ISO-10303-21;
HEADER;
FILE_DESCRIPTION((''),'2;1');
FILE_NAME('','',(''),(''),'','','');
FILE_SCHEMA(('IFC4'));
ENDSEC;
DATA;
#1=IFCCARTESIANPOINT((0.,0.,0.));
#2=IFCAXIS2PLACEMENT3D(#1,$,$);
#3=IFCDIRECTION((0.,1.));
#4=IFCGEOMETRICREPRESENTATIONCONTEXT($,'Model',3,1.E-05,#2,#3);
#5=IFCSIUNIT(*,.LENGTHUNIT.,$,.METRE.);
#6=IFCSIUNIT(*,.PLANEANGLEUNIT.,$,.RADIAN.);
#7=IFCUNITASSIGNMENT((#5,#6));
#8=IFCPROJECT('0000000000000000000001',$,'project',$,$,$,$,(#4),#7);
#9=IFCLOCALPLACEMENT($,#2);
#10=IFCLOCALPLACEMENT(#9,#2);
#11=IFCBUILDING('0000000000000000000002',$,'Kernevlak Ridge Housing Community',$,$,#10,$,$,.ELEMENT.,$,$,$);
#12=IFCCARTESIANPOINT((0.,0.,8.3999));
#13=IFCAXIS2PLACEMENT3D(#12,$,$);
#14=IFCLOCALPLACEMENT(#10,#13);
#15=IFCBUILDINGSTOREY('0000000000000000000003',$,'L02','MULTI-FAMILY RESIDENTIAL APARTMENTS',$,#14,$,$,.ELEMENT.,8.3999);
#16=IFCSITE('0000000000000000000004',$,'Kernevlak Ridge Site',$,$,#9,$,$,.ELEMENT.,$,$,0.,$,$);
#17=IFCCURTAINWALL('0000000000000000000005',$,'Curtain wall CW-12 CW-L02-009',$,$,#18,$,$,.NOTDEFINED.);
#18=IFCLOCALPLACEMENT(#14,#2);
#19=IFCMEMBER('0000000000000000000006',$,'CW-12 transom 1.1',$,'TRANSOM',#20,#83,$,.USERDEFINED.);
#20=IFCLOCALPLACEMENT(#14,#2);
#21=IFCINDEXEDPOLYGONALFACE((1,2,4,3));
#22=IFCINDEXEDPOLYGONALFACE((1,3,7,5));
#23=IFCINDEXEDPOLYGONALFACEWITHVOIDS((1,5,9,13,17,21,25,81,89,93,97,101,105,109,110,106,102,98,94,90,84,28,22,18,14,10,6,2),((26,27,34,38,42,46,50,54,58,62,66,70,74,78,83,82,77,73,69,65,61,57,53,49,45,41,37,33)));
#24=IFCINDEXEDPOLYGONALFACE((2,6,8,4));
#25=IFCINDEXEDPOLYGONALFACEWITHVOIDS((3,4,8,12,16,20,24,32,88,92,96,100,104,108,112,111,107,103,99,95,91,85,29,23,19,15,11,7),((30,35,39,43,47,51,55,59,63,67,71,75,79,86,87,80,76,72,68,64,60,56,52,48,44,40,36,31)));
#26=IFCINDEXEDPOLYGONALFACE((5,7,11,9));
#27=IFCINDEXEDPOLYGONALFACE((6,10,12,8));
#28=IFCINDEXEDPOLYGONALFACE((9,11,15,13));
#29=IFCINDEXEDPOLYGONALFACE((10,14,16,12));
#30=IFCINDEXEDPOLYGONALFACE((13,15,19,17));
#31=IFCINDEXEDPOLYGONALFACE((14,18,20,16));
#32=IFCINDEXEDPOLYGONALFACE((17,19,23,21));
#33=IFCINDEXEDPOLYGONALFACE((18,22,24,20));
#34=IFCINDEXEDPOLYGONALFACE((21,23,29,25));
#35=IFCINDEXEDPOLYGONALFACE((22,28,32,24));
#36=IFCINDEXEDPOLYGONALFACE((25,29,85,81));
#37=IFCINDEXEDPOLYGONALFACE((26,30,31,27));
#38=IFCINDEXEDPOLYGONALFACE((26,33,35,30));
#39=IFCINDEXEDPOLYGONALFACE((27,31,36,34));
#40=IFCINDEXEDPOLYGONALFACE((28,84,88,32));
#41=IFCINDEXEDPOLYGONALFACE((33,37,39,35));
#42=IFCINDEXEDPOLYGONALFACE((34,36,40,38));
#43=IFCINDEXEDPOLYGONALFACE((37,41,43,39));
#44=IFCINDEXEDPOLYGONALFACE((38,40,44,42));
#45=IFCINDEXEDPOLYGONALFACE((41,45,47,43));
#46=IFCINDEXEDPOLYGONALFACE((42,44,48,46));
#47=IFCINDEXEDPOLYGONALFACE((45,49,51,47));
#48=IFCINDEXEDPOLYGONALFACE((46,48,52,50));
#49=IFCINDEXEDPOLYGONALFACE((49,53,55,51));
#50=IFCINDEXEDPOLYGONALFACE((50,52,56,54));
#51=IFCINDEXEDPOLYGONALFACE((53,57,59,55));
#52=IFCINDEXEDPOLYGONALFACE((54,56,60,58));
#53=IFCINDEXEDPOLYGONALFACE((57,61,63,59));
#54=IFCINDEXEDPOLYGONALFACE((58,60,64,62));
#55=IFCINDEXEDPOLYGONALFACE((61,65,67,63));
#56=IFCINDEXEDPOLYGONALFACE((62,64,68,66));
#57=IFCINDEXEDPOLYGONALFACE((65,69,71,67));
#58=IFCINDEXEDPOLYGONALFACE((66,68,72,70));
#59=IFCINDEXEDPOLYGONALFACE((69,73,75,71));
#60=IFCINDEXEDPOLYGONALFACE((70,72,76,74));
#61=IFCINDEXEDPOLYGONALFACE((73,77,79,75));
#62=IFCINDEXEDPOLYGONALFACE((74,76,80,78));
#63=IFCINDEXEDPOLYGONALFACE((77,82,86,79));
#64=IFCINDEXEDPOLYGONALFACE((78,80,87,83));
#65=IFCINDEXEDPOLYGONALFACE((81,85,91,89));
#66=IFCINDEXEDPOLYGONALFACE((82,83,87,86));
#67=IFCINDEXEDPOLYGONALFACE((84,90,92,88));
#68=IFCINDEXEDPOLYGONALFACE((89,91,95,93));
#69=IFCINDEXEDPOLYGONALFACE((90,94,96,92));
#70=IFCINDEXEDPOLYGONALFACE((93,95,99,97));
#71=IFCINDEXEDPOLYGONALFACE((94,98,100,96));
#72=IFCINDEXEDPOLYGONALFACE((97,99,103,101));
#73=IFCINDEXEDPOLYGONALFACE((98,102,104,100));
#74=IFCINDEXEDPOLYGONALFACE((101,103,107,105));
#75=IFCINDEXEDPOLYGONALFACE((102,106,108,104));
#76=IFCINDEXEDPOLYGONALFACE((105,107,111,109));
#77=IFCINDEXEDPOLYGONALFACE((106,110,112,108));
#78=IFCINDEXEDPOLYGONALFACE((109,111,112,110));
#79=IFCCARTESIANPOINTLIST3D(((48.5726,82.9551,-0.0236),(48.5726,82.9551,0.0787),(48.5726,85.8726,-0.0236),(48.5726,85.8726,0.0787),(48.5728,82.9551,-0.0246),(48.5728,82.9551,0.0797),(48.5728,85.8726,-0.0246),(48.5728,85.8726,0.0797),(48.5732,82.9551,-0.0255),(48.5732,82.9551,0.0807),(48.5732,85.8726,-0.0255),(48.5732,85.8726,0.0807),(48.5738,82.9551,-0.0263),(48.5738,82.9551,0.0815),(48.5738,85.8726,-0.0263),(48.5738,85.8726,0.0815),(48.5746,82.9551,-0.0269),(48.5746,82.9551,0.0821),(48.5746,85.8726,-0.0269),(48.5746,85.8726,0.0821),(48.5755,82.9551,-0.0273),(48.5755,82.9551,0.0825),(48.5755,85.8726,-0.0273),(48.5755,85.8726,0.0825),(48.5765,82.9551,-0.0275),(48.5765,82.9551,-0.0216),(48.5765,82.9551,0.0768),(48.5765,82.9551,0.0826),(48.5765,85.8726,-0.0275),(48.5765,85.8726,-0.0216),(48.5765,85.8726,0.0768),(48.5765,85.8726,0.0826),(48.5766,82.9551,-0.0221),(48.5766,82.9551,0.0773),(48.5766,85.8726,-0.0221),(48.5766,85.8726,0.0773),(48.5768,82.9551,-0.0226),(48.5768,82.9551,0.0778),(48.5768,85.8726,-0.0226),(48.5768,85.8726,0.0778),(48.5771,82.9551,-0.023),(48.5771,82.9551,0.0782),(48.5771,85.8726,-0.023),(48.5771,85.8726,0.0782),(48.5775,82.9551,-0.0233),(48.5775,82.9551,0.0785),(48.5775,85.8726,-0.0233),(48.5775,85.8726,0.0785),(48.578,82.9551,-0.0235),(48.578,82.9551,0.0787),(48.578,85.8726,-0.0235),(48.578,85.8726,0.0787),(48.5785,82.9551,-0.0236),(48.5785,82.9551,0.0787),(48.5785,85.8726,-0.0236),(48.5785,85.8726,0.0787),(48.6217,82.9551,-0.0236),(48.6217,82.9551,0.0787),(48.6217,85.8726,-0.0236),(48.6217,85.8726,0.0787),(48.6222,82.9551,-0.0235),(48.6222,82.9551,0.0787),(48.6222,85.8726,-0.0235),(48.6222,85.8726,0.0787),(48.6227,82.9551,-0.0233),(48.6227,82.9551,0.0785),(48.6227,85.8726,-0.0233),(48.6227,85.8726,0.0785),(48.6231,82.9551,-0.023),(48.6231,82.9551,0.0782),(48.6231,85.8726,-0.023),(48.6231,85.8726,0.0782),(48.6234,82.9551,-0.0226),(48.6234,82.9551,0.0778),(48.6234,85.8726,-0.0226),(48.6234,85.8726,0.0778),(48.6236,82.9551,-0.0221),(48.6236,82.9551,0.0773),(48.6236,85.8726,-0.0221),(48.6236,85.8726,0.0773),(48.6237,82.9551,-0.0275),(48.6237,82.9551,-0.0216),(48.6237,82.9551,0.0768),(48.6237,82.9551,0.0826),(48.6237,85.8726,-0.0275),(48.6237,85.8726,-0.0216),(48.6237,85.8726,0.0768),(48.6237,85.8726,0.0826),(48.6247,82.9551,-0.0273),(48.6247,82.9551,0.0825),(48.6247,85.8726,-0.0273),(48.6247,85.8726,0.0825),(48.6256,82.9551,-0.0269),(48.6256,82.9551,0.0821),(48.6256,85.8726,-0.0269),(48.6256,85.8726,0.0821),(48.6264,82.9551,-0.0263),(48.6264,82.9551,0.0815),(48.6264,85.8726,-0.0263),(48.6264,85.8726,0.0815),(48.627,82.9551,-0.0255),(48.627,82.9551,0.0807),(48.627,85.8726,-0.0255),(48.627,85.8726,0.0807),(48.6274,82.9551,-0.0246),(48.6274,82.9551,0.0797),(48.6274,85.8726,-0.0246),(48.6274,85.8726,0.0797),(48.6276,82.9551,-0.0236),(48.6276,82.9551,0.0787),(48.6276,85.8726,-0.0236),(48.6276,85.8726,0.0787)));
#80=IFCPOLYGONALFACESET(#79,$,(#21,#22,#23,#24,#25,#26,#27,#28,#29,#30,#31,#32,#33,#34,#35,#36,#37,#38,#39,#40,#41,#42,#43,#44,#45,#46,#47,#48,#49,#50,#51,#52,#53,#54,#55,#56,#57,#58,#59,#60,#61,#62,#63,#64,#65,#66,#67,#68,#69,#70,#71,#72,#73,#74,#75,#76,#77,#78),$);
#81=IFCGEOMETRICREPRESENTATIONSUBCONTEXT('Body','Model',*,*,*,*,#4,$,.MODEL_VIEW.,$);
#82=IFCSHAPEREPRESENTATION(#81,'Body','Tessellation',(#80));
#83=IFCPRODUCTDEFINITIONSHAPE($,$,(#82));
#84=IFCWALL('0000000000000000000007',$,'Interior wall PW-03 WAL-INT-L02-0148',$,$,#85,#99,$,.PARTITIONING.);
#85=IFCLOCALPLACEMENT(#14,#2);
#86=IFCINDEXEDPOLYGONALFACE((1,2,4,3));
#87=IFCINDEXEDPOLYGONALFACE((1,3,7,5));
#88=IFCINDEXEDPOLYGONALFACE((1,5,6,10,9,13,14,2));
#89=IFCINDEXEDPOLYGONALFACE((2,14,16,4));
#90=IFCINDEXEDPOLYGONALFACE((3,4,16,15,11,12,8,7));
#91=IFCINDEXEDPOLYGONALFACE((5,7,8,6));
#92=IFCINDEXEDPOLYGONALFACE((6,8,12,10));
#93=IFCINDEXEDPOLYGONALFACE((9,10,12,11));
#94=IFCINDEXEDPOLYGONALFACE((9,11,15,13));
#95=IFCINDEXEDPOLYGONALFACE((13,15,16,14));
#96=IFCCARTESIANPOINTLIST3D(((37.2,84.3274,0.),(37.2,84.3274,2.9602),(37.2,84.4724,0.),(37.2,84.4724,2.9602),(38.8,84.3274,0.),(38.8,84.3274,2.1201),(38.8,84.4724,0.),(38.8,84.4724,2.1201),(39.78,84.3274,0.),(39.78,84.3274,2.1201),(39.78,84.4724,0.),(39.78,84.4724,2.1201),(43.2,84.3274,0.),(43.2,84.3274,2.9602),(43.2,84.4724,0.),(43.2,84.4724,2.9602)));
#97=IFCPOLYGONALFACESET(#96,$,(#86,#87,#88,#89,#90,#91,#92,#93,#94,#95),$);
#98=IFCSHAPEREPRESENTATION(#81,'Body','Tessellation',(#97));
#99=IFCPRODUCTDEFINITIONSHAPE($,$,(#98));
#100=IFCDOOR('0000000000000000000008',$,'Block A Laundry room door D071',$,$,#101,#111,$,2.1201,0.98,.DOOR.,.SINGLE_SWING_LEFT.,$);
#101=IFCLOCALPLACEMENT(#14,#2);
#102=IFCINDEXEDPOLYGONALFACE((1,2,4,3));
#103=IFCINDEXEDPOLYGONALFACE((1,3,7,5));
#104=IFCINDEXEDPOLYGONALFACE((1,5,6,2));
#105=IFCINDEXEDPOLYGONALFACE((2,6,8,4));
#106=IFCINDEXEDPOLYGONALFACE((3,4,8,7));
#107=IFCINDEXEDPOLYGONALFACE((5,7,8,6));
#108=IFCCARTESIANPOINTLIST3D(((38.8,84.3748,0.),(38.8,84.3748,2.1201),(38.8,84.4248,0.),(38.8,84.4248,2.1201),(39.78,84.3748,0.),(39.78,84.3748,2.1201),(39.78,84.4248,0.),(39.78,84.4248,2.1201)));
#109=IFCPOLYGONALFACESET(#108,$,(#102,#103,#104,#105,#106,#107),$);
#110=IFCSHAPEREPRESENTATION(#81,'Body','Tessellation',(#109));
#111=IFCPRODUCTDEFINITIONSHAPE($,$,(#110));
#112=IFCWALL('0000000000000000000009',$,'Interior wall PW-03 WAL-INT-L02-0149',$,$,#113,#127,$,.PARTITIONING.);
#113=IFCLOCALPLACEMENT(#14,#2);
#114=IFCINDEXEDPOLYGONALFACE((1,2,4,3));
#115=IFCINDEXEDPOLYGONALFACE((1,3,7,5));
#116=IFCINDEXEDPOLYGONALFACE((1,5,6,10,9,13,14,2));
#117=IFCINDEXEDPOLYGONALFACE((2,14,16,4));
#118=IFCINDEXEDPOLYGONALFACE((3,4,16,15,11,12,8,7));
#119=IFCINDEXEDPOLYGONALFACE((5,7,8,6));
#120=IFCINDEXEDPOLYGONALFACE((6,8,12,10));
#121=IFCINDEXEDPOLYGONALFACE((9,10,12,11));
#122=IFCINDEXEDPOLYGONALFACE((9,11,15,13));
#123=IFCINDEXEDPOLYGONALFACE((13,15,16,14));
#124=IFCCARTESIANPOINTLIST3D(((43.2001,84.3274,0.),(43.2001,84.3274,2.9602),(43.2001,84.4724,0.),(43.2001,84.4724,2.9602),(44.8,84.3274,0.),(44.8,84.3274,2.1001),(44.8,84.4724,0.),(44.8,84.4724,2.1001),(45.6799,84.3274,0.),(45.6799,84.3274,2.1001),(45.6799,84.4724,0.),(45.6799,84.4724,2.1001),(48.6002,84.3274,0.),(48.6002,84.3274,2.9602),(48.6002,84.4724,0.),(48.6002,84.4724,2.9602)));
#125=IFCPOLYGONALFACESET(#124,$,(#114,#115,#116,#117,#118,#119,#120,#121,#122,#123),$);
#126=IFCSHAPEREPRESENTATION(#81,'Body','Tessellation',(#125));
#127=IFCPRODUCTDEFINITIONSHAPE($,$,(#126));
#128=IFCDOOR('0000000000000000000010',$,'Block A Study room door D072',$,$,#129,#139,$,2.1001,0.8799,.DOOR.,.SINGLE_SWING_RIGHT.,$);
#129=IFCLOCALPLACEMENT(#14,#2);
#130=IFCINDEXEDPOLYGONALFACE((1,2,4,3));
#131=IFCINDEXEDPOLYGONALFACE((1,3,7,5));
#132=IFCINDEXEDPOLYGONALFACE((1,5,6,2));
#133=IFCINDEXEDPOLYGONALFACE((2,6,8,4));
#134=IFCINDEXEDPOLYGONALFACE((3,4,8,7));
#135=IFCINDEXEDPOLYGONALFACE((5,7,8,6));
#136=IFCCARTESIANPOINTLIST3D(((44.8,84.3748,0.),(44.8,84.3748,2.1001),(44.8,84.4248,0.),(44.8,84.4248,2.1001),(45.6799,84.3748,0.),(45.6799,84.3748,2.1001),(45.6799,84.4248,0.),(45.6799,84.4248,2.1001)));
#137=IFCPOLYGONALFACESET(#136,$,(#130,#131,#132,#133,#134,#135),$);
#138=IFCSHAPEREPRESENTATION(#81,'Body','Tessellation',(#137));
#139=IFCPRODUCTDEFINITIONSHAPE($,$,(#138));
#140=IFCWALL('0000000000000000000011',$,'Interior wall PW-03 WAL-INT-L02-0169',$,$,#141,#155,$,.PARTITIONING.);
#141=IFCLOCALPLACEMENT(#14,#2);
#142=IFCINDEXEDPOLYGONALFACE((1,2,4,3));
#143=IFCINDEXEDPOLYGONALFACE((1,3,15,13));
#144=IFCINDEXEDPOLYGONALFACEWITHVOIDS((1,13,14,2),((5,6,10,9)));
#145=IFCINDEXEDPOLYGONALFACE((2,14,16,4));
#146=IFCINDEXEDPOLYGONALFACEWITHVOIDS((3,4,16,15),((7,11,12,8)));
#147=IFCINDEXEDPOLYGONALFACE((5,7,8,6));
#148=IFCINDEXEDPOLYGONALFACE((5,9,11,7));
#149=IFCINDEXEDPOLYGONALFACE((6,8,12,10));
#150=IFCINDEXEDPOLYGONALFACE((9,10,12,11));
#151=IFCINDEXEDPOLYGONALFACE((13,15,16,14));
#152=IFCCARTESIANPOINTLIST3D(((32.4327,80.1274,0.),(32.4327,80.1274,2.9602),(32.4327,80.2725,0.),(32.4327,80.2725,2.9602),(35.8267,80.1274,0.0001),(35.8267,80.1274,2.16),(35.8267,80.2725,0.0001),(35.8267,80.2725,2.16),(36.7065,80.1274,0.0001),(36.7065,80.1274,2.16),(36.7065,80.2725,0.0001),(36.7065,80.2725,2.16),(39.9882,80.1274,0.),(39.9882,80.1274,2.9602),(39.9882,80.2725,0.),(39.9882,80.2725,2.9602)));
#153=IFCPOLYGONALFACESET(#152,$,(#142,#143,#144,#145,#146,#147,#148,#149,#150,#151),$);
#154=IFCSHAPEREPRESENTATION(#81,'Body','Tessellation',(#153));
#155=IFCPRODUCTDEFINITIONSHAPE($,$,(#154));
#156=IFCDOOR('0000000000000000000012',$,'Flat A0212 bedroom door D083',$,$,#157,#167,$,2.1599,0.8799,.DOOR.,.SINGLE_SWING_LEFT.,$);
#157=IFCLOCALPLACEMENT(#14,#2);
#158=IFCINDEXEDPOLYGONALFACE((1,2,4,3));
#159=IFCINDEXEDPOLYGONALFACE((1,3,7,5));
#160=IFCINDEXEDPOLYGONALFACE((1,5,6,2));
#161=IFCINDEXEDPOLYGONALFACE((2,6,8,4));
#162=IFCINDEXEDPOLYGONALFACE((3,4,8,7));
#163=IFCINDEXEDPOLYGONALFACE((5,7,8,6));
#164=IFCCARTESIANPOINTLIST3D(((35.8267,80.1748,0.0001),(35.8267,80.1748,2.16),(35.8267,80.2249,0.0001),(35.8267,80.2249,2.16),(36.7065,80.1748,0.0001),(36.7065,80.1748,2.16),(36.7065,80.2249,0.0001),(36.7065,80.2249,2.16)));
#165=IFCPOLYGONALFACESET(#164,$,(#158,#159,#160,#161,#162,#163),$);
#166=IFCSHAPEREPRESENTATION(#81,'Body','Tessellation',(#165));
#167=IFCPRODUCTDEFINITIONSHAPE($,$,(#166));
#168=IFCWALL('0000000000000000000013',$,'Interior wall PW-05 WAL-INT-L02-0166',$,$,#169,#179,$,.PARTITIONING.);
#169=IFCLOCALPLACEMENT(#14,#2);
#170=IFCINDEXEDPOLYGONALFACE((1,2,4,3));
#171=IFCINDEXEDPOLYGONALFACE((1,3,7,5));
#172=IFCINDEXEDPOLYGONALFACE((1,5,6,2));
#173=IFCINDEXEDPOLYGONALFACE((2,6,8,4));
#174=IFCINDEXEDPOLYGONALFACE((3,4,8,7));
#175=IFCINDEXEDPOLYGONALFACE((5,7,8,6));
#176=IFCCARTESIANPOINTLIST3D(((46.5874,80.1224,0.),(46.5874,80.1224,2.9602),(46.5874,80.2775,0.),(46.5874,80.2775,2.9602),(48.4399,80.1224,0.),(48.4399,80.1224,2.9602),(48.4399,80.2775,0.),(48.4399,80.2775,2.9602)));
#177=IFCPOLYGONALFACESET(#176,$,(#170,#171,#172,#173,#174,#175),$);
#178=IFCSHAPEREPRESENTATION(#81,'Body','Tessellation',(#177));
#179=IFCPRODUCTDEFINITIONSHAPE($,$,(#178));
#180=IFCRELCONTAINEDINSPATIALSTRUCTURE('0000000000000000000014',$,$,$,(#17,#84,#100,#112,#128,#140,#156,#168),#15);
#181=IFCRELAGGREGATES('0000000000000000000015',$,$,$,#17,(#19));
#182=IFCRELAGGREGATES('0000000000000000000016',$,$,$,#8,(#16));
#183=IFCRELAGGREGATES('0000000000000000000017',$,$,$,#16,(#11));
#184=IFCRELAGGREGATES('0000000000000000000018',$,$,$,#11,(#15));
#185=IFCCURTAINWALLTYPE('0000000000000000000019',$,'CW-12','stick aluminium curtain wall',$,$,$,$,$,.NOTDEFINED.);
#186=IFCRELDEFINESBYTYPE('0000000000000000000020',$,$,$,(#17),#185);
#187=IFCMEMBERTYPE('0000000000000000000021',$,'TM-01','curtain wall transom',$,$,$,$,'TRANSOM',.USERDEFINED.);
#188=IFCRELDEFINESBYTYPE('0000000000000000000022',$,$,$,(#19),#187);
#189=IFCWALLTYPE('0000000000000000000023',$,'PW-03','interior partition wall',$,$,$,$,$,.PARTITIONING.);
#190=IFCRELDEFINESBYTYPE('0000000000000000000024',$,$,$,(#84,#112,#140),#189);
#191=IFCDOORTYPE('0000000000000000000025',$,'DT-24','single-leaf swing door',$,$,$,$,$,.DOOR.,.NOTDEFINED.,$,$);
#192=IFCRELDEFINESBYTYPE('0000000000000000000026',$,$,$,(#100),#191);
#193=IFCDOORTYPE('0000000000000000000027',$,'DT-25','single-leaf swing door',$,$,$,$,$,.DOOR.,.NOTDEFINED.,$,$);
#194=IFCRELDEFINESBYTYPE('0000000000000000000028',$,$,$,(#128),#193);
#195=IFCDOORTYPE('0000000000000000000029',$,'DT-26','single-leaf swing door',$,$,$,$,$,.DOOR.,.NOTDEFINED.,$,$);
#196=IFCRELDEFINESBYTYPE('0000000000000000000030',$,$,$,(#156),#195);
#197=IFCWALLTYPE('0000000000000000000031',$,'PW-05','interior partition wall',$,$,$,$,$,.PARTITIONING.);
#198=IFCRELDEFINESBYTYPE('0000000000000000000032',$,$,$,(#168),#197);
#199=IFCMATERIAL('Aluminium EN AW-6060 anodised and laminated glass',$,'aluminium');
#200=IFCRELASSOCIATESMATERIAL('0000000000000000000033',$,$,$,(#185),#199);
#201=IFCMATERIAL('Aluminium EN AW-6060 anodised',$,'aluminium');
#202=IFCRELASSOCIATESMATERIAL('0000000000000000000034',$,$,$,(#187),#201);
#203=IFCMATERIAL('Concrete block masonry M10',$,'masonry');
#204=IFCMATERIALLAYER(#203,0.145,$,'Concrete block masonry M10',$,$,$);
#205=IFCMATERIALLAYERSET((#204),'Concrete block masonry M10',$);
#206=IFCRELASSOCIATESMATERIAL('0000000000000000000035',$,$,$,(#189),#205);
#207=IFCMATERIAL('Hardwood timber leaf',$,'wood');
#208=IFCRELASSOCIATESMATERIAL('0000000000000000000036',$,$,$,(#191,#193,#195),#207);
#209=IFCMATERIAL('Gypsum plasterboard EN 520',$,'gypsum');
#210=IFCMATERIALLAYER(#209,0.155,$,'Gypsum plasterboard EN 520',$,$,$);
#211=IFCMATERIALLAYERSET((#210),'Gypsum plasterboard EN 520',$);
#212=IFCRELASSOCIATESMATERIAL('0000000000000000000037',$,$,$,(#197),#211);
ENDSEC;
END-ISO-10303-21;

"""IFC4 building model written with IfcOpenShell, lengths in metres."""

from ifc_helpers import new_model, si_unit, direction, frame, frame_2d, origin, origin_2d, place, context, subcontext, project, spatial, rectangle, hollow_rectangle, extrude, material, layer, layer_set, material_profile, profile_set, type_object, element, fill, aggregate, save


model = new_model("IFC4")

# Units and contexts
model_context = context("Model", 3, precision=1e-05, world=origin(), true_north=direction((0.0, 1.0)))
body_context = subcontext(model_context, "Body", "Model", "MODEL_VIEW")
ifc_project = project(units=[si_unit("LENGTHUNIT", "METRE"), si_unit("PLANEANGLEUNIT", "RADIAN")], contexts=[model_context])

# Site, building, storey
site_placement = place(None, origin())
site = spatial("IfcSite", under=ifc_project, at=site_placement, Name="Kernevlak Ridge Site", CompositionType="ELEMENT", RefElevation=0.0)
building_placement = place(site_placement, origin())
building = spatial("IfcBuilding", under=site, at=building_placement, Name="Kernevlak Ridge Housing Community", CompositionType="ELEMENT")
storey_placement = place(building_placement, frame((0.0, 0.0, 8.3999)))
storey = spatial("IfcBuildingStorey", under=building, at=storey_placement, Name="L02", Description="MULTI-FAMILY RESIDENTIAL APARTMENTS", CompositionType="ELEMENT", Elevation=8.3999)

# Curtain wall
ifc_material_1 = material(Name="Aluminium EN AW-6060 anodised and laminated glass", Category="aluminium")
curtain_wall_type = type_object("IfcCurtainWallType", Name="CW-12", Description="stick aluminium curtain wall", PredefinedType="NOTDEFINED", material=ifc_material_1)
curtain_wall_placement = place(storey_placement, origin())
curtain_wall = element("IfcCurtainWall", 1, at=curtain_wall_placement, inside=storey, type_object=curtain_wall_type, Name="Curtain wall CW-12 CW-L02-009", PredefinedType="NOTDEFINED")
ifc_material_2 = material(Name="Aluminium EN AW-6060 anodised", Category="aluminium")

# Member
ifc_material_profile_1 = material_profile(ifc_material_2, hollow_rectangle(XDim=0.0549, YDim=0.1101, WallThickness=0.0039, InnerFilletRadius=0.002, OuterFilletRadius=0.0039, at=origin_2d()), Name="ALU 55x110x4")
ifc_profile_set_1 = profile_set([ifc_material_profile_1], Name="Aluminium EN AW-6060 anodised")
member_type_1 = type_object("IfcMemberType", Name="TM-01", Description="curtain wall transom", ElementType="TRANSOM", PredefinedType="USERDEFINED", material=ifc_profile_set_1)
member_1_placement = place(storey_placement, frame((48.6001, 82.9551, 0.0276), z_axis=(0.0, 1.0, 0.0), x_axis=(-1.0, 0.0, 0.0)))
member_1 = element("IfcMember", 2, at=member_1_placement, type_object=member_type_1, Name="CW-12 transom 1.1", ObjectType="TRANSOM", PredefinedType="USERDEFINED", context=body_context, shape_type="SweptSolid", body=[
    extrude(hollow_rectangle(XDim=0.0549, YDim=0.1101, WallThickness=0.0039, InnerFilletRadius=0.002, OuterFilletRadius=0.0039, at=origin_2d()), origin(), (0.0, 0.0, 1.0), 2.9175),
])
aggregate(curtain_wall, [member_1])

# Walls, openings, doors
ifc_material_3 = material(Name="Concrete block masonry M10", Category="masonry")
ifc_layer_1 = layer(ifc_material_3, 0.145, Name="Concrete block masonry M10")
ifc_layer_set_1 = layer_set([ifc_layer_1], Name="Concrete block masonry M10")
wall_type_1 = type_object("IfcWallType", Name="PW-03", Description="interior partition wall", PredefinedType="PARTITIONING", material=ifc_layer_set_1)
wall_1_placement = place(storey_placement, frame((37.2, 84.3999, 0.0), z_axis=(0.0, 0.0, 1.0), x_axis=(1.0, 0.0, 0.0)))
wall_1 = element("IfcWall", 3, at=wall_1_placement, inside=storey, type_object=wall_type_1, Name="Interior wall PW-03 WAL-INT-L02-0148", PredefinedType="PARTITIONING", context=body_context, shape_type="SweptSolid", body=[
    extrude(rectangle(XDim=6.0, YDim=0.145, at=frame_2d((3.0, 0.0))), origin(), (0.0, 0.0, 1.0), 2.9602),
])
opening_1_placement = place(wall_1_placement, frame((1.6001, 0.0, 0.0)))
opening_1 = element("IfcOpeningElement", 4, at=opening_1_placement, cuts=wall_1, PredefinedType="OPENING", context=body_context, shape_type="SweptSolid", body=[
    extrude(rectangle(XDim=0.98, YDim=2.1201, at=frame_2d((0.49, 1.0601))), frame((0.0, 0.0825, 0.0), z_axis=(0.0, -1.0, 0.0), x_axis=(1.0, 0.0, 0.0)), (0.0, 0.0, 1.0), 0.165),
])
ifc_material_4 = material(Name="Hardwood timber leaf", Category="wood")
door_type_1 = type_object("IfcDoorType", Name="DT-24", Description="single-leaf swing door", OperationType="NOTDEFINED", PredefinedType="DOOR", material=ifc_material_4)
door_1_placement = place(opening_1_placement, origin())
door_1 = element("IfcDoor", 5, at=door_1_placement, inside=storey, type_object=door_type_1, Name="Block A Laundry room door D071", OperationType="SINGLE_SWING_LEFT", OverallHeight=2.1201, OverallWidth=0.98, PredefinedType="DOOR", context=body_context, shape_type="SweptSolid", body=[
    extrude(rectangle(XDim=0.98, YDim=2.1201, at=frame_2d((0.49, 1.0601))), frame((0.0, 0.0249, 0.0), z_axis=(0.0, -1.0, 0.0), x_axis=(1.0, 0.0, 0.0)), (0.0, 0.0, 1.0), 0.05),
])
fill(opening_1, door_1)
wall_2_placement = place(storey_placement, frame((43.2, 84.3999, 0.0), z_axis=(0.0, 0.0, 1.0), x_axis=(1.0, 0.0, 0.0)))
wall_2 = element("IfcWall", 6, at=wall_2_placement, inside=storey, type_object=wall_type_1, Name="Interior wall PW-03 WAL-INT-L02-0149", PredefinedType="PARTITIONING", context=body_context, shape_type="SweptSolid", body=[
    extrude(rectangle(XDim=5.4001, YDim=0.145, at=frame_2d((2.7002, 0.0))), origin(), (0.0, 0.0, 1.0), 2.9602),
])
opening_2_placement = place(wall_2_placement, frame((1.6001, 0.0, 0.0)))
opening_2 = element("IfcOpeningElement", 7, at=opening_2_placement, cuts=wall_2, PredefinedType="OPENING", context=body_context, shape_type="SweptSolid", body=[
    extrude(rectangle(XDim=0.8799, YDim=2.1001, at=frame_2d((0.4399, 1.05))), frame((0.0, 0.0825, 0.0), z_axis=(0.0, -1.0, 0.0), x_axis=(1.0, 0.0, 0.0)), (0.0, 0.0, 1.0), 0.165),
])
door_type_2 = type_object("IfcDoorType", Name="DT-25", Description="single-leaf swing door", OperationType="NOTDEFINED", PredefinedType="DOOR", material=ifc_material_4)
door_2_placement = place(opening_2_placement, origin())
door_2 = element("IfcDoor", 8, at=door_2_placement, inside=storey, type_object=door_type_2, Name="Block A Study room door D072", OperationType="SINGLE_SWING_RIGHT", OverallHeight=2.1001, OverallWidth=0.8799, PredefinedType="DOOR", context=body_context, shape_type="SweptSolid", body=[
    extrude(rectangle(XDim=0.8799, YDim=2.1001, at=frame_2d((0.4399, 1.05))), frame((0.0, 0.0249, 0.0), z_axis=(0.0, -1.0, 0.0), x_axis=(1.0, 0.0, 0.0)), (0.0, 0.0, 1.0), 0.05),
])
fill(opening_2, door_2)
wall_3_placement = place(storey_placement, frame((32.4326, 80.2, 0.0), z_axis=(0.0, 0.0, 1.0), x_axis=(1.0, 0.0, 0.0)))
wall_3 = element("IfcWall", 9, at=wall_3_placement, inside=storey, type_object=wall_type_1, Name="Interior wall PW-03 WAL-INT-L02-0169", PredefinedType="PARTITIONING", context=body_context, shape_type="SweptSolid", body=[
    extrude(rectangle(XDim=7.5554, YDim=0.145, at=frame_2d((3.7778, 0.0))), origin(), (0.0, 0.0, 1.0), 2.9602),
])
opening_3_placement = place(wall_3_placement, frame((3.394, 0.0, 0.0)))
opening_3 = element("IfcOpeningElement", 10, at=opening_3_placement, cuts=wall_3, PredefinedType="OPENING", context=body_context, shape_type="SweptSolid", body=[
    extrude(rectangle(XDim=0.8799, YDim=2.1599, at=frame_2d((0.4399, 1.0801))), frame((0.0, 0.0825, 0.0), z_axis=(0.0, -1.0, 0.0), x_axis=(1.0, 0.0, 0.0)), (0.0, 0.0, 1.0), 0.165),
])
door_type_3 = type_object("IfcDoorType", Name="DT-26", Description="single-leaf swing door", OperationType="NOTDEFINED", PredefinedType="DOOR", material=ifc_material_4)
door_3_placement = place(opening_3_placement, origin())
door_3 = element("IfcDoor", 11, at=door_3_placement, inside=storey, type_object=door_type_3, Name="Flat A0212 bedroom door D083", OperationType="SINGLE_SWING_LEFT", OverallHeight=2.1599, OverallWidth=0.8799, PredefinedType="DOOR", context=body_context, shape_type="SweptSolid", body=[
    extrude(rectangle(XDim=0.8799, YDim=2.1599, at=frame_2d((0.4399, 1.0801))), frame((0.0, 0.0249, 0.0), z_axis=(0.0, -1.0, 0.0), x_axis=(1.0, 0.0, 0.0)), (0.0, 0.0, 1.0), 0.05),
])
fill(opening_3, door_3)
ifc_material_5 = material(Name="Gypsum plasterboard EN 520", Category="gypsum")
ifc_layer_2 = layer(ifc_material_5, 0.155, Name="Gypsum plasterboard EN 520")
ifc_layer_set_2 = layer_set([ifc_layer_2], Name="Gypsum plasterboard EN 520")
wall_type_2 = type_object("IfcWallType", Name="PW-05", Description="interior partition wall", PredefinedType="PARTITIONING", material=ifc_layer_set_2)

# Wall
wall_4_placement = place(storey_placement, frame((46.5874, 80.2, 0.0), z_axis=(0.0, 0.0, 1.0), x_axis=(1.0, 0.0, 0.0)))
element("IfcWall", 12, at=wall_4_placement, inside=storey, type_object=wall_type_2, Name="Interior wall PW-05 WAL-INT-L02-0166", PredefinedType="PARTITIONING", context=body_context, shape_type="SweptSolid", body=[
    extrude(rectangle(XDim=1.8525, YDim=0.155, at=frame_2d((0.9263, 0.0))), origin(), (0.0, 0.0, 1.0), 2.9602),
])

save(model, "model.ifc")
